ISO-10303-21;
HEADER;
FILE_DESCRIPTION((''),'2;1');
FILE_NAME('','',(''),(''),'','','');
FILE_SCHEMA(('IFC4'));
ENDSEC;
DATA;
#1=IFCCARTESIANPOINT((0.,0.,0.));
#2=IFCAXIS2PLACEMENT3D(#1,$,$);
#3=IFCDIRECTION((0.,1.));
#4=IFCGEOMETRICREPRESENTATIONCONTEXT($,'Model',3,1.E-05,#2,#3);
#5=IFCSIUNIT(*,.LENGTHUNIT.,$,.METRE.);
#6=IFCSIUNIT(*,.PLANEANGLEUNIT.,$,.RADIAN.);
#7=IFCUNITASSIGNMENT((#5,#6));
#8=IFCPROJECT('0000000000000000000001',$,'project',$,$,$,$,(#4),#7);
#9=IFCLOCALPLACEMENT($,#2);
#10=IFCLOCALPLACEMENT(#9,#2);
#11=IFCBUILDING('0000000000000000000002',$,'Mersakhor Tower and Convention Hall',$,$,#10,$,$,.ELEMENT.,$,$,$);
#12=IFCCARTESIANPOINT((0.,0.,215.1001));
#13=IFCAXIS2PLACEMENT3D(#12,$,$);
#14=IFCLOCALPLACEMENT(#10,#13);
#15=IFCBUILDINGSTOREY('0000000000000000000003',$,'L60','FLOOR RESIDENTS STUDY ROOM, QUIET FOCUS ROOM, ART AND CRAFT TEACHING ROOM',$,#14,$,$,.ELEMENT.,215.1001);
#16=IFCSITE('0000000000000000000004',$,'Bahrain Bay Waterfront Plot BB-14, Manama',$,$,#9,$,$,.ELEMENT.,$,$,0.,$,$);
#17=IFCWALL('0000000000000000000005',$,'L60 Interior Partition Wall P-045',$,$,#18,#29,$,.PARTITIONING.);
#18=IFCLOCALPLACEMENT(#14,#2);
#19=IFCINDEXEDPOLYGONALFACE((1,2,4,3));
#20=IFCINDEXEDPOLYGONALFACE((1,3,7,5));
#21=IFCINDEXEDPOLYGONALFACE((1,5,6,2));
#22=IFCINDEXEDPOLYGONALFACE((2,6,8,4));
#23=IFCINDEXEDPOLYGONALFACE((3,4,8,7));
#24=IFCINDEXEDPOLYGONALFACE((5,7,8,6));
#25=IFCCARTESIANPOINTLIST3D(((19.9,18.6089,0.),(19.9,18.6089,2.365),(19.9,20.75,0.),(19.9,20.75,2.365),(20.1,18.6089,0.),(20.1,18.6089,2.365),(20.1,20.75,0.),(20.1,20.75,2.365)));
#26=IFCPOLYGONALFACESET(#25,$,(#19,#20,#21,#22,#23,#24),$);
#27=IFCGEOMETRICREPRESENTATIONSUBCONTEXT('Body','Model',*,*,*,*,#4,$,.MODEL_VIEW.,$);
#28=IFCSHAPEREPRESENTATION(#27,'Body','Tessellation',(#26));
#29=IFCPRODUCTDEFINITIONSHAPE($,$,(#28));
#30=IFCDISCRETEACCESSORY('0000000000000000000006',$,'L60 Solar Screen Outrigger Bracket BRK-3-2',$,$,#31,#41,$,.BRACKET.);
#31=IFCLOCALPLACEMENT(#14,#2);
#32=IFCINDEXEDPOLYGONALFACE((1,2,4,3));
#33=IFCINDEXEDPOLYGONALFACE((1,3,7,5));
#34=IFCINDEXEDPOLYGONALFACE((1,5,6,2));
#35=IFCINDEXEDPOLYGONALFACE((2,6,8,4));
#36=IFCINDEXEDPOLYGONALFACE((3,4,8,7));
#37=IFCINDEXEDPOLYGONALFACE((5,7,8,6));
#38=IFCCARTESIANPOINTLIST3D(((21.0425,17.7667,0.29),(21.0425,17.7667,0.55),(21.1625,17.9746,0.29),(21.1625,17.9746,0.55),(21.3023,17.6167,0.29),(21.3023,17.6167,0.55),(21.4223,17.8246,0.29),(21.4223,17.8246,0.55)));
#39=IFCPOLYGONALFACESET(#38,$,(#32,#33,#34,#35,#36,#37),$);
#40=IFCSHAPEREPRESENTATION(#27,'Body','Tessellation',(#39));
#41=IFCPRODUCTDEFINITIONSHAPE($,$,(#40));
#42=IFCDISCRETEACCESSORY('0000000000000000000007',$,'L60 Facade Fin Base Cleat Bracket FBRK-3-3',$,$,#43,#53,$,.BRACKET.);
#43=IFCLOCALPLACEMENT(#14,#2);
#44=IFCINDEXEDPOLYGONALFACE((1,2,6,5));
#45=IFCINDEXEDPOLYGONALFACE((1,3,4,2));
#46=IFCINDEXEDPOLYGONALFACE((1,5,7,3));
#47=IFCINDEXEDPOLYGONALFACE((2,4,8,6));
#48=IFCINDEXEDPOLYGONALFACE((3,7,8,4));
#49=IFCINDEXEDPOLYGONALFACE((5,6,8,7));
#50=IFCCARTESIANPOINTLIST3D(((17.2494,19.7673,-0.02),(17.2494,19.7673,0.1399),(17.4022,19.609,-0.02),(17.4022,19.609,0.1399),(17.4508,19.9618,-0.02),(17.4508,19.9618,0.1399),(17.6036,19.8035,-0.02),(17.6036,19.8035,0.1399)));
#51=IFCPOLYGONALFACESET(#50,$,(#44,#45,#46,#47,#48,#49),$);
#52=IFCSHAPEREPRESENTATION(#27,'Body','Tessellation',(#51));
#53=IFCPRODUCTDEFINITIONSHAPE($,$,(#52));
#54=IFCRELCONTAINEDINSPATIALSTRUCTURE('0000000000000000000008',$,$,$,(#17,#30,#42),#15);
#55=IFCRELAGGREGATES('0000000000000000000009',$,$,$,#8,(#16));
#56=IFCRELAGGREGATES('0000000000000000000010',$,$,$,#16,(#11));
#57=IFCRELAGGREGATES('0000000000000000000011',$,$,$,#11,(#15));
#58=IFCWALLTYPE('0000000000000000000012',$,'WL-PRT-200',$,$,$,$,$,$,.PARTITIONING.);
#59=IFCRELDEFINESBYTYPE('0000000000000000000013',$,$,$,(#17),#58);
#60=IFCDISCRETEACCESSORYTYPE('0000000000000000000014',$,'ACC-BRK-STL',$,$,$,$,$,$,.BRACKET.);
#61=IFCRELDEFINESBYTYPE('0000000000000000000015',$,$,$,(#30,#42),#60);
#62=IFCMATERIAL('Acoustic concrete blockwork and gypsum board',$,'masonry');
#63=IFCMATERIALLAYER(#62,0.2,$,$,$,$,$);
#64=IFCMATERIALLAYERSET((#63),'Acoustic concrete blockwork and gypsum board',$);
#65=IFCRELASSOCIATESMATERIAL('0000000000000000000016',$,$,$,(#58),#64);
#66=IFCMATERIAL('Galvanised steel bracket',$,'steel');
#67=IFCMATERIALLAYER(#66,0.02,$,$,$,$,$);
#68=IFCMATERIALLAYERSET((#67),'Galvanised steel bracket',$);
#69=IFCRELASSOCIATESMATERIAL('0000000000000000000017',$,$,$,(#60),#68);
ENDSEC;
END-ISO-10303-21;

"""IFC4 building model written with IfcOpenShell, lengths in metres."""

from ifc_helpers import new_model, si_unit, direction, frame, frame_2d, origin, origin_2d, place, context, subcontext, project, spatial, rectangle, extrude, material, layer, layer_set, type_object, element, save


model = new_model("IFC4")

# Units and contexts
model_context = context("Model", 3, precision=1e-05, world=origin(), true_north=direction((0.0, 1.0)))
body_context = subcontext(model_context, "Body", "Model", "MODEL_VIEW")
ifc_project = project(units=[si_unit("LENGTHUNIT", "METRE"), si_unit("PLANEANGLEUNIT", "RADIAN")], contexts=[model_context])

# Site, building, storey
site_placement = place(None, origin())
site = spatial("IfcSite", under=ifc_project, at=site_placement, Name="Bahrain Bay Waterfront Plot BB-14, Manama", CompositionType="ELEMENT", RefElevation=0.0)
building_placement = place(site_placement, origin())
building = spatial("IfcBuilding", under=site, at=building_placement, Name="Mersakhor Tower and Convention Hall", CompositionType="ELEMENT")
storey_placement = place(building_placement, frame((0.0, 0.0, 215.1001)))
storey = spatial("IfcBuildingStorey", under=building, at=storey_placement, Name="L60", Description="FLOOR RESIDENTS STUDY ROOM, QUIET FOCUS ROOM, ART AND CRAFT TEACHING ROOM", CompositionType="ELEMENT", Elevation=215.1001)

# Shared definitions
ifc_material_1 = material(Name="Acoustic concrete blockwork and gypsum board", Category="masonry")
ifc_layer_1 = layer(ifc_material_1, 0.2)
ifc_layer_set_1 = layer_set([ifc_layer_1], Name="Acoustic concrete blockwork and gypsum board")
wall_type_1 = type_object("IfcWallType", Name="WL-PRT-200", PredefinedType="PARTITIONING", material=ifc_layer_set_1)

# Wall
wall_1_placement = place(storey_placement, frame((20.0, 18.6089, 0.0), z_axis=(0.0, 0.0, 1.0), x_axis=(0.0, 1.0, 0.0)))
element("IfcWall", 1, at=wall_1_placement, inside=storey, type_object=wall_type_1, Name="L60 Interior Partition Wall P-045", PredefinedType="PARTITIONING", context=body_context, shape_type="SweptSolid", body=[
    extrude(rectangle(XDim=2.1411, YDim=0.2, at=frame_2d((1.0706, 0.0))), origin(), (0.0, 0.0, 1.0), 2.365),
])

# Discrete accessories
ifc_material_2 = material(Name="Galvanised steel bracket", Category="steel")
ifc_layer_2 = layer(ifc_material_2, 0.02)
ifc_layer_set_2 = layer_set([ifc_layer_2], Name="Galvanised steel bracket")
discrete_accessory_type = type_object("IfcDiscreteAccessoryType", Name="ACC-BRK-STL", PredefinedType="BRACKET", material=ifc_layer_set_2)
discrete_accessory_1_placement = place(storey_placement, frame((21.2324, 17.7957, 0.29), z_axis=(0.0, 0.0, 1.0), x_axis=(-0.866025, 0.5, 0.0)))
element("IfcDiscreteAccessory", 2, at=discrete_accessory_1_placement, inside=storey, type_object=discrete_accessory_type, Name="L60 Solar Screen Outrigger Bracket BRK-3-2", PredefinedType="BRACKET", context=body_context, shape_type="SweptSolid", body=[
    extrude(rectangle(XDim=0.3, YDim=0.24, at=origin_2d()), origin(), (0.0, 0.0, 1.0), 0.26),
])
discrete_accessory_2_placement = place(storey_placement, frame((17.4265, 19.7854, -0.02), z_axis=(0.0, 0.0, 1.0), x_axis=(-0.71934, -0.694658, 0.0)))
element("IfcDiscreteAccessory", 3, at=discrete_accessory_2_placement, inside=storey, type_object=discrete_accessory_type, Name="L60 Facade Fin Base Cleat Bracket FBRK-3-3", PredefinedType="BRACKET", context=body_context, shape_type="SweptSolid", body=[
    extrude(rectangle(XDim=0.28, YDim=0.22, at=origin_2d()), origin(), (0.0, 0.0, 1.0), 0.1599),
])

save(model, "model.ifc")
